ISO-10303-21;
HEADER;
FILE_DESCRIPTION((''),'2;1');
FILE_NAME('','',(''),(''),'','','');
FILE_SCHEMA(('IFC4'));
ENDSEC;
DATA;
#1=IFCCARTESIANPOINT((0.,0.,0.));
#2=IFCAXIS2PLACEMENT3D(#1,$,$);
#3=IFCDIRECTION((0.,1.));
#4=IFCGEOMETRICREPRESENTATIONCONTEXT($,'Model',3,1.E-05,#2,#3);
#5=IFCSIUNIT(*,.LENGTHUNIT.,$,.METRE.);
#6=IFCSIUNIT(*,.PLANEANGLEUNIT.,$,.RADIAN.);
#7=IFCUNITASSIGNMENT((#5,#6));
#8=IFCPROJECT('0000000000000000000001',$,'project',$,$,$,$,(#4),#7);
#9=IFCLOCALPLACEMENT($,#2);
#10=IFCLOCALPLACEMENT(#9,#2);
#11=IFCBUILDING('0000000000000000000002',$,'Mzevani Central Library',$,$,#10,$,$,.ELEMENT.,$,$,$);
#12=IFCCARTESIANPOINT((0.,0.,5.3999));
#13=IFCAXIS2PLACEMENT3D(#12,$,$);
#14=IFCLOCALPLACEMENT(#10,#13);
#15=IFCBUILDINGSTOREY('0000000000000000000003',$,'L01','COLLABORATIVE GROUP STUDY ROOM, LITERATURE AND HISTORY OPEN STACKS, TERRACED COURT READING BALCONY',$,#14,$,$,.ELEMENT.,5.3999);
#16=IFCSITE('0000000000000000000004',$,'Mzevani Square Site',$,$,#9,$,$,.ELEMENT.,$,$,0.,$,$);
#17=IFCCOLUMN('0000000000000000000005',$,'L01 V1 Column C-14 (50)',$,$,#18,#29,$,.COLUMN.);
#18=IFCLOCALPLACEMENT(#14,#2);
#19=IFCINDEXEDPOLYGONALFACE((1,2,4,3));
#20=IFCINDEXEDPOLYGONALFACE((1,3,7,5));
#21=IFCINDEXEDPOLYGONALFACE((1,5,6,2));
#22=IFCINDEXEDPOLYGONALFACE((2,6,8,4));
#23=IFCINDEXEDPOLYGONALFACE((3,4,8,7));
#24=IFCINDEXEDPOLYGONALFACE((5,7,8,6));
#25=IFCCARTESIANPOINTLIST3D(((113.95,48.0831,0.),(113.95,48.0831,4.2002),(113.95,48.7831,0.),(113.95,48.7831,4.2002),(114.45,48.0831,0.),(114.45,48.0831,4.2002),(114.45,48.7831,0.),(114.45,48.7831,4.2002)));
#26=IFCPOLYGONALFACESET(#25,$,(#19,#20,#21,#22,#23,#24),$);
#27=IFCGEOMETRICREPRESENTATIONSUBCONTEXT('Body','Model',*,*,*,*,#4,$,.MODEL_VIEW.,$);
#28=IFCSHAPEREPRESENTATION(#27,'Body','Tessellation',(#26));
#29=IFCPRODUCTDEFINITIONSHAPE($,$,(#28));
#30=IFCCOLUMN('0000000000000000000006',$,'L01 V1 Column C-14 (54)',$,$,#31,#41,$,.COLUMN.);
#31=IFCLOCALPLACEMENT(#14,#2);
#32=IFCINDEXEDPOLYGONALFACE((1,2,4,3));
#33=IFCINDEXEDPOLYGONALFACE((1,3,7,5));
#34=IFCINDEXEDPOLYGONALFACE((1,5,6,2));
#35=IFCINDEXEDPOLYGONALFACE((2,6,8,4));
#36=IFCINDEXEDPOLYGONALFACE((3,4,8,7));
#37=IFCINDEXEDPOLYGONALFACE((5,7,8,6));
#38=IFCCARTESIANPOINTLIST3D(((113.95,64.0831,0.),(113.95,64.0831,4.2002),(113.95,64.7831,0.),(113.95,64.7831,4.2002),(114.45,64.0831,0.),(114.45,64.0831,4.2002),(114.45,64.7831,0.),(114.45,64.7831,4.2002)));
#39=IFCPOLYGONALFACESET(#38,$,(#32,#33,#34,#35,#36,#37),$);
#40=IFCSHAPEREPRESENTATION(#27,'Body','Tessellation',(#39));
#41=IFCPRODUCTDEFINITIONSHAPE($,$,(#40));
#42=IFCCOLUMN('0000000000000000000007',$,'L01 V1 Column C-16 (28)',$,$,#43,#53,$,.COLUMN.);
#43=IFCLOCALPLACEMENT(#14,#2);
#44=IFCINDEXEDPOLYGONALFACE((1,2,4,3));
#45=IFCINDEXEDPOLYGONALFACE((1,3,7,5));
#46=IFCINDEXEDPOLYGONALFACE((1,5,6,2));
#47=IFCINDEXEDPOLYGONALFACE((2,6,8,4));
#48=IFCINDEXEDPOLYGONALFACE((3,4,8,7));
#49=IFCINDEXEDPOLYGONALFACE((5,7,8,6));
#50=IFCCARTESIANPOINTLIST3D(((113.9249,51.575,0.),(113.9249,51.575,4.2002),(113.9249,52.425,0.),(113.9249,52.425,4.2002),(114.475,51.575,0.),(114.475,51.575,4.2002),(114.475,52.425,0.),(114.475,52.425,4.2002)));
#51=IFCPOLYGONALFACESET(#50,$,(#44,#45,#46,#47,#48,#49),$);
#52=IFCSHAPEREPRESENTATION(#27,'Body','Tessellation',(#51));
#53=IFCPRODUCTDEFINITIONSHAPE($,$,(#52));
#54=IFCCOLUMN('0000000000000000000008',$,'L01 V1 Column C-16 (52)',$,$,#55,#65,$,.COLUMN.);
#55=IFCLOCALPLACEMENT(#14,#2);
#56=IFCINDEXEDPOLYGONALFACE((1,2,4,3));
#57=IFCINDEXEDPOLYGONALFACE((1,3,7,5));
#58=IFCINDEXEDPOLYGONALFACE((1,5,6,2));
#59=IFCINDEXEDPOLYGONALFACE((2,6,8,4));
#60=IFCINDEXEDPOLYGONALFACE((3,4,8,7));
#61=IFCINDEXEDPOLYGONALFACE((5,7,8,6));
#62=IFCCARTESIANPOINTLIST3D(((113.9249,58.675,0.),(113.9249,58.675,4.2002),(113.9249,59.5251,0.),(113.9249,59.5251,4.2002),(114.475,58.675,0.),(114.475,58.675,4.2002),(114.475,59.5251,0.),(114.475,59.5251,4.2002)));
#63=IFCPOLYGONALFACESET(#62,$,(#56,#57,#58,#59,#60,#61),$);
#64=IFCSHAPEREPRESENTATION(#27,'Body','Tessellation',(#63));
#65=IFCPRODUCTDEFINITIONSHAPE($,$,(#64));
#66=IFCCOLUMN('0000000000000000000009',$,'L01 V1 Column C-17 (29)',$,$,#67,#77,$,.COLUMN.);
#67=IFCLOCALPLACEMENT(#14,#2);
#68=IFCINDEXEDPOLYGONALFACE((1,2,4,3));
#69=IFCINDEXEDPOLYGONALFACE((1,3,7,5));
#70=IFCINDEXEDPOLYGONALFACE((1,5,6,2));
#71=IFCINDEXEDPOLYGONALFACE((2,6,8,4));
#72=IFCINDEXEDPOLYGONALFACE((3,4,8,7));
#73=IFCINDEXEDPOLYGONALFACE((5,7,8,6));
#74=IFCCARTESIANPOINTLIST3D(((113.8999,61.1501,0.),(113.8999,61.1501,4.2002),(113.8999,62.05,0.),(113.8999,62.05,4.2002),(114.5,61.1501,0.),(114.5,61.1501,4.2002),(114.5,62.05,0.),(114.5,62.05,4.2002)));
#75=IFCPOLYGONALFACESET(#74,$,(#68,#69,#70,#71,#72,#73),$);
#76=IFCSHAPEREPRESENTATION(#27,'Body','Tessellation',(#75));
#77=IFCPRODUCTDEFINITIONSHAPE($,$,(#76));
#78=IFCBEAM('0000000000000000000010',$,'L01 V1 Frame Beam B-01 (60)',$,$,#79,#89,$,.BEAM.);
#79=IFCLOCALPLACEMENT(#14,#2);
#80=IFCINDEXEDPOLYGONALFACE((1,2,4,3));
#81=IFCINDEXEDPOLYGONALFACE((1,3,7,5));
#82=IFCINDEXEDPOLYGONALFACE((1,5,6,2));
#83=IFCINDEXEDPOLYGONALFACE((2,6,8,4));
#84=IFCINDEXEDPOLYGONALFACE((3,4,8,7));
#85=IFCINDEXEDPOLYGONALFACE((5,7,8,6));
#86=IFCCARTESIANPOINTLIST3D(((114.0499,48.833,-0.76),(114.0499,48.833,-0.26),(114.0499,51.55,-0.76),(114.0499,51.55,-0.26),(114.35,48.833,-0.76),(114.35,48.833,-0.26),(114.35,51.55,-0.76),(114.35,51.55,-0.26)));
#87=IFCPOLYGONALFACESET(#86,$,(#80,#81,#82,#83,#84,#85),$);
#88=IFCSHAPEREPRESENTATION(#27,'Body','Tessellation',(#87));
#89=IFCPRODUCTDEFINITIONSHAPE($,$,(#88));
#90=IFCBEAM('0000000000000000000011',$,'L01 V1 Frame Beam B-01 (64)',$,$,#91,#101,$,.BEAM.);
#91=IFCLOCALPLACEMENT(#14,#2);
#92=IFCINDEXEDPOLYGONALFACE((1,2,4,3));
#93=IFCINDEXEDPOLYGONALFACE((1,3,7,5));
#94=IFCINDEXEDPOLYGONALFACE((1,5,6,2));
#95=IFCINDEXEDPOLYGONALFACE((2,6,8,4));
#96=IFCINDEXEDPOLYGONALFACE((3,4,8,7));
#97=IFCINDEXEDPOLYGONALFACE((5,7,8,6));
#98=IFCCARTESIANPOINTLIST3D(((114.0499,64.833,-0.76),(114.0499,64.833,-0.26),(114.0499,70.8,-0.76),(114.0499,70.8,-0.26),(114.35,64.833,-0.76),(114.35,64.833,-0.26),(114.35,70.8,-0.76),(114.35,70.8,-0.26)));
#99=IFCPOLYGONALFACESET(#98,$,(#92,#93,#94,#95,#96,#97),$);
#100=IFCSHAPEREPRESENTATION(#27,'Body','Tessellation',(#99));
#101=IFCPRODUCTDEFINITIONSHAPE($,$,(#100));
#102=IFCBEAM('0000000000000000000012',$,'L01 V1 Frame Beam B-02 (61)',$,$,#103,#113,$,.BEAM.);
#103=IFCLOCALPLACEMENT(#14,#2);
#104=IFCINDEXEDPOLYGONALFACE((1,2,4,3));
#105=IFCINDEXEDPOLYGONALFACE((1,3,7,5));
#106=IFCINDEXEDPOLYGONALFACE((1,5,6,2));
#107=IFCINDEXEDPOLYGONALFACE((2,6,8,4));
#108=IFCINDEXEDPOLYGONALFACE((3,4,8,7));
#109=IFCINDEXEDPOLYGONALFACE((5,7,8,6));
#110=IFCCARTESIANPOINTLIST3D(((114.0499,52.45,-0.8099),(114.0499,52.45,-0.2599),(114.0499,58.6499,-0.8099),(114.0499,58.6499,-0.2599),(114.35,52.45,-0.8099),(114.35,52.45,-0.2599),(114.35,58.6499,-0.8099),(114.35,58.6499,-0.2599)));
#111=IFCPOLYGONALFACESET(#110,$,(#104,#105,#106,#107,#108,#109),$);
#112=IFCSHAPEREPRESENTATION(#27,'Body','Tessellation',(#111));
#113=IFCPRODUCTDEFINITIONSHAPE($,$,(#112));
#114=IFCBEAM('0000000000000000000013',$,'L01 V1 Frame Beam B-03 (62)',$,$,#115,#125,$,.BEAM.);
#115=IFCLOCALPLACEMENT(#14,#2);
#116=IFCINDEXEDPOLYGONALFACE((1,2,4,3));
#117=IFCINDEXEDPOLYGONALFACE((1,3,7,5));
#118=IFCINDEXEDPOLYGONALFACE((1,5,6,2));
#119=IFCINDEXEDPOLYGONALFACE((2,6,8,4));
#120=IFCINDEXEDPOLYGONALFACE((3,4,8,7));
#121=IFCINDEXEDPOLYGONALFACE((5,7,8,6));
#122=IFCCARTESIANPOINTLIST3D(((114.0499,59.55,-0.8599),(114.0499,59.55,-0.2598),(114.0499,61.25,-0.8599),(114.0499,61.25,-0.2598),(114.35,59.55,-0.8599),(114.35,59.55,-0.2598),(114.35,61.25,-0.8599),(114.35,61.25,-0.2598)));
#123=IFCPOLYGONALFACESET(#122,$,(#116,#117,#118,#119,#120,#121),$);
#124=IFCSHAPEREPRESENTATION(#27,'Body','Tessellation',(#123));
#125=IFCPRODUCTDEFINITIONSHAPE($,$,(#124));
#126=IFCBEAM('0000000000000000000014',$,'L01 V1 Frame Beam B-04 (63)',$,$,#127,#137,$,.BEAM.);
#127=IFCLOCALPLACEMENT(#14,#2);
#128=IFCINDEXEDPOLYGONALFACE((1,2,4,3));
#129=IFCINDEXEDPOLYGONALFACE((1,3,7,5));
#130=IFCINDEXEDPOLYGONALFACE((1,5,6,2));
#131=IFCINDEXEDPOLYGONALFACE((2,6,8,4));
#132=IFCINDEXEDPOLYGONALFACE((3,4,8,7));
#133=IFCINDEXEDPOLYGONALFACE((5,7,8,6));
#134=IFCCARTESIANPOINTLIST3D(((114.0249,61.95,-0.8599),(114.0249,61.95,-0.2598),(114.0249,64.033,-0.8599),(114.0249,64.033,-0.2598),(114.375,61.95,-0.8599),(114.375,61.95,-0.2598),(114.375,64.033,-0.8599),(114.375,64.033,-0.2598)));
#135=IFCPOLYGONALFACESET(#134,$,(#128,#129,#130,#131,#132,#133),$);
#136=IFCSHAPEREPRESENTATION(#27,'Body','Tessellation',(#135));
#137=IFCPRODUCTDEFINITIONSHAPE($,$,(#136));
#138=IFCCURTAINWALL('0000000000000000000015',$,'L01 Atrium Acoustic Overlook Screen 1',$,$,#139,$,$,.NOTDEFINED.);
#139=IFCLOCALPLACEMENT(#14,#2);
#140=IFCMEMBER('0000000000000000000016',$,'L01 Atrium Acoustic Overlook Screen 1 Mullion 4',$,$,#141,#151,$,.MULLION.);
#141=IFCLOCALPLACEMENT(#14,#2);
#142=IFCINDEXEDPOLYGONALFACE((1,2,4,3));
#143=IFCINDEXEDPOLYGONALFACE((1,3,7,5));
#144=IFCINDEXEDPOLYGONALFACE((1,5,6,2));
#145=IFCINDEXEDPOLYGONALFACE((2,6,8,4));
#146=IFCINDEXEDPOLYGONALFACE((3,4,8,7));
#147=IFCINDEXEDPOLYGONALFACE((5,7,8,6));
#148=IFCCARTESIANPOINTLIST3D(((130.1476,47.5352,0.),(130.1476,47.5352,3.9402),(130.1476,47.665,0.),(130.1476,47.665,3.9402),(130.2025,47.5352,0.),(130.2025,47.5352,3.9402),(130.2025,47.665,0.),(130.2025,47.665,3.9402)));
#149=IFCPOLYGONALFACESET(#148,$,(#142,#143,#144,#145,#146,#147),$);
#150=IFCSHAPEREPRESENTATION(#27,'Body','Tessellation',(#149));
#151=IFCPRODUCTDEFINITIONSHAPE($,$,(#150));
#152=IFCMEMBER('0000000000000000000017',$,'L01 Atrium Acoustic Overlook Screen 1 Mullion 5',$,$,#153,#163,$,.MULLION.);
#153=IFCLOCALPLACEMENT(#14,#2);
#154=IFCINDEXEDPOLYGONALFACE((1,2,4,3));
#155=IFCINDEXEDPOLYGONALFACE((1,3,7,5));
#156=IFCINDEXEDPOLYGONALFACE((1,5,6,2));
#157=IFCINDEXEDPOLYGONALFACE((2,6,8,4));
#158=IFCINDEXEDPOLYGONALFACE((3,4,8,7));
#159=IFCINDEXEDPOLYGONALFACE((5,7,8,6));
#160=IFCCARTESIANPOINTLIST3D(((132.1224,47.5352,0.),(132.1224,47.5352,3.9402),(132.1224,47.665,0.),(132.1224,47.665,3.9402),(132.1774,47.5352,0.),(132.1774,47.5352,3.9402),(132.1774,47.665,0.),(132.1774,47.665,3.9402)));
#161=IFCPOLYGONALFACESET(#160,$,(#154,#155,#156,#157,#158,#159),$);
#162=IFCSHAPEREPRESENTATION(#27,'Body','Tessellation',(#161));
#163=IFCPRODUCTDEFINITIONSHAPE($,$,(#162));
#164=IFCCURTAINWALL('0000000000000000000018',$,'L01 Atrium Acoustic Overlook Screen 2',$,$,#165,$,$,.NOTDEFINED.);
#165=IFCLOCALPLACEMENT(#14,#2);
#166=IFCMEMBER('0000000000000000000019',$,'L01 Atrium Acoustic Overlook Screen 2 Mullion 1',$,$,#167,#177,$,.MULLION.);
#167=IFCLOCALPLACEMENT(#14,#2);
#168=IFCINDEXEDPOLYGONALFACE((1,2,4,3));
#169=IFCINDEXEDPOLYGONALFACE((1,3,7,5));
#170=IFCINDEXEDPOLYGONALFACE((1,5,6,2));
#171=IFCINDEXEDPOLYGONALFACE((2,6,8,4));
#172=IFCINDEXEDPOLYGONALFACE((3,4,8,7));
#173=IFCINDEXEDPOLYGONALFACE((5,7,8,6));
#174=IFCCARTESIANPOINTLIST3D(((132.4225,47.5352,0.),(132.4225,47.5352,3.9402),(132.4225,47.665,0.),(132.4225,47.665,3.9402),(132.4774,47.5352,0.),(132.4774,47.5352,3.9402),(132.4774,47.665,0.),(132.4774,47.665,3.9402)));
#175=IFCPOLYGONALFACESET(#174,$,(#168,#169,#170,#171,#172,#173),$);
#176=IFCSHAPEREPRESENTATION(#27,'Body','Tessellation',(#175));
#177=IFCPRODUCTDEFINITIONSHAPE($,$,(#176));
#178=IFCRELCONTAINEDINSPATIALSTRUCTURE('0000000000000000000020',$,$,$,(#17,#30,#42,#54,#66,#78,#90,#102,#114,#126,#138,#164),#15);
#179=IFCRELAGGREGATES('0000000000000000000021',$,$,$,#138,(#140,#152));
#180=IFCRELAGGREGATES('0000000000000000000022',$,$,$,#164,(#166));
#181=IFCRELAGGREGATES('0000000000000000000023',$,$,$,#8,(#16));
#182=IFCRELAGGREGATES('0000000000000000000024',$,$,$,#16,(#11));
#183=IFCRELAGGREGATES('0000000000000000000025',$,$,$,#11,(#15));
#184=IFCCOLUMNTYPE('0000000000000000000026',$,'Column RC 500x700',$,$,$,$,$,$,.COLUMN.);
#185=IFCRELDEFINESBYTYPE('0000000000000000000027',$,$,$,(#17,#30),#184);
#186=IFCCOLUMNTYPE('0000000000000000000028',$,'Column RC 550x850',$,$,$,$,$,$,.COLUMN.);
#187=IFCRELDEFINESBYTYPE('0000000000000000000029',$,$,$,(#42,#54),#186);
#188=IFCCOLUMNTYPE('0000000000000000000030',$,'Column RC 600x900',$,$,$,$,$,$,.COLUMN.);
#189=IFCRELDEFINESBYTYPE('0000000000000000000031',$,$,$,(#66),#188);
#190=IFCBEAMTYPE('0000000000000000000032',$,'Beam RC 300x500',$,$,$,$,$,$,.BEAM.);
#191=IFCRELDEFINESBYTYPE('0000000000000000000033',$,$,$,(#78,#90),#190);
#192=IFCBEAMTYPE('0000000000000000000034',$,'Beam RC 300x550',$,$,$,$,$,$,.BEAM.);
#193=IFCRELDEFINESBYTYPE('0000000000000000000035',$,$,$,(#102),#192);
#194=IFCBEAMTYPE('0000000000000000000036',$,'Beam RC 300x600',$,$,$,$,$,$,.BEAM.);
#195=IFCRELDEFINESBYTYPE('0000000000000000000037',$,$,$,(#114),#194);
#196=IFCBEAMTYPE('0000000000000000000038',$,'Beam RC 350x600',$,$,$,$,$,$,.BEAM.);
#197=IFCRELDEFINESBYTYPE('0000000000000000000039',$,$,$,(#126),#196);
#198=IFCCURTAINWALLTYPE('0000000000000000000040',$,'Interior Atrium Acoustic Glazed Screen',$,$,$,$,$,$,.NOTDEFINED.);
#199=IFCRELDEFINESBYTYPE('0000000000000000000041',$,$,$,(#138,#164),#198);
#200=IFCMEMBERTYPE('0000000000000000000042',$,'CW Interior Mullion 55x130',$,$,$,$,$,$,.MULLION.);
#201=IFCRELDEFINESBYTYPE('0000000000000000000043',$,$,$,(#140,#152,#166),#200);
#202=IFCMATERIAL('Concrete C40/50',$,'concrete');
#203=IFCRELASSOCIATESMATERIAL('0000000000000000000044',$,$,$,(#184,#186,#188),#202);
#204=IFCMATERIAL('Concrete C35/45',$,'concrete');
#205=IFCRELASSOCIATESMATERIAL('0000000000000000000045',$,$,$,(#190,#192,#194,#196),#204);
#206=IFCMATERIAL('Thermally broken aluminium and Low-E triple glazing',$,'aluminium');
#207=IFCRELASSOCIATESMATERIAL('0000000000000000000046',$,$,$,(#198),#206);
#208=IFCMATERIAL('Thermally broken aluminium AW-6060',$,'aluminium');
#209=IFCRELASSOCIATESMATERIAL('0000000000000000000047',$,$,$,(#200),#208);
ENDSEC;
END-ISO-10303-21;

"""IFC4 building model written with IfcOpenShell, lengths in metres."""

from ifc_helpers import new_model, si_unit, direction, frame, origin, origin_2d, place, context, subcontext, project, spatial, rectangle, extrude, material, material_profile, profile_set, type_object, element, aggregate, save


model = new_model("IFC4")

# Units and contexts
model_context = context("Model", 3, precision=1e-05, world=origin(), true_north=direction((0.0, 1.0)))
body_context = subcontext(model_context, "Body", "Model", "MODEL_VIEW")
ifc_project = project(units=[si_unit("LENGTHUNIT", "METRE"), si_unit("PLANEANGLEUNIT", "RADIAN")], contexts=[model_context])

# Site, building, storey
site_placement = place(None, origin())
site = spatial("IfcSite", under=ifc_project, at=site_placement, Name="Mzevani Square Site", CompositionType="ELEMENT", RefElevation=0.0)
building_placement = place(site_placement, origin())
building = spatial("IfcBuilding", under=site, at=building_placement, Name="Mzevani Central Library", CompositionType="ELEMENT")
storey_placement = place(building_placement, frame((0.0, 0.0, 5.3999)))
storey = spatial("IfcBuildingStorey", under=building, at=storey_placement, Name="L01", Description="COLLABORATIVE GROUP STUDY ROOM, LITERATURE AND HISTORY OPEN STACKS, TERRACED COURT READING BALCONY", CompositionType="ELEMENT", Elevation=5.3999)

# Columns
ifc_material_1 = material(Name="Concrete C40/50", Category="concrete")
ifc_material_profile_1 = material_profile(ifc_material_1, rectangle(XDim=0.5, YDim=0.7, at=origin_2d()), Name="RC 500x700")
ifc_profile_set_1 = profile_set([ifc_material_profile_1], Name="Concrete C40/50")
column_type_1 = type_object("IfcColumnType", Name="Column RC 500x700", PredefinedType="COLUMN", material=ifc_profile_set_1)
for number, where, z_axis, x_axis, name in (
    (1, (114.2, 48.4331, 0.0), (0.0, 0.0, 1.0), (1.0, 0.0, 0.0), "L01 V1 Column C-14 (50)"),
    (2, (114.2, 64.4331, 0.0), (0.0, 0.0, 1.0), (1.0, 0.0, 0.0), "L01 V1 Column C-14 (54)"),
):
    element("IfcColumn", number, at=place(storey_placement, frame(where, z_axis=z_axis, x_axis=x_axis)), inside=storey, type_object=column_type_1, Name=name, PredefinedType="COLUMN", context=body_context, shape_type="SweptSolid", body=[
        extrude(rectangle(XDim=0.5, YDim=0.7, at=origin_2d()), origin(), (0.0, 0.0, 1.0), 4.2002),
    ])
ifc_material_profile_2 = material_profile(ifc_material_1, rectangle(XDim=0.55, YDim=0.8501, at=origin_2d()), Name="RC 550x850")
ifc_profile_set_2 = profile_set([ifc_material_profile_2], Name="Concrete C40/50")
column_type_2 = type_object("IfcColumnType", Name="Column RC 550x850", PredefinedType="COLUMN", material=ifc_profile_set_2)
for number, where, z_axis, x_axis, name in (
    (3, (114.2, 52.0, 0.0), (0.0, 0.0, 1.0), (1.0, 0.0, 0.0), "L01 V1 Column C-16 (28)"),
    (4, (114.2, 59.1001, 0.0), (0.0, 0.0, 1.0), (1.0, 0.0, 0.0), "L01 V1 Column C-16 (52)"),
):
    element("IfcColumn", number, at=place(storey_placement, frame(where, z_axis=z_axis, x_axis=x_axis)), inside=storey, type_object=column_type_2, Name=name, PredefinedType="COLUMN", context=body_context, shape_type="SweptSolid", body=[
        extrude(rectangle(XDim=0.55, YDim=0.8501, at=origin_2d()), origin(), (0.0, 0.0, 1.0), 4.2002),
    ])
ifc_material_profile_3 = material_profile(ifc_material_1, rectangle(XDim=0.6001, YDim=0.8999, at=origin_2d()), Name="RC 600x900")
ifc_profile_set_3 = profile_set([ifc_material_profile_3], Name="Concrete C40/50")
column_type_3 = type_object("IfcColumnType", Name="Column RC 600x900", PredefinedType="COLUMN", material=ifc_profile_set_3)
column_placement = place(storey_placement, frame((114.2, 61.6001, 0.0), z_axis=(0.0, 0.0, 1.0), x_axis=(1.0, 0.0, 0.0)))
element("IfcColumn", 5, at=column_placement, inside=storey, type_object=column_type_3, Name="L01 V1 Column C-17 (29)", PredefinedType="COLUMN", context=body_context, shape_type="SweptSolid", body=[
    extrude(rectangle(XDim=0.6001, YDim=0.8999, at=origin_2d()), origin(), (0.0, 0.0, 1.0), 4.2002),
])

# Beams
ifc_material_2 = material(Name="Concrete C35/45", Category="concrete")
ifc_material_profile_4 = material_profile(ifc_material_2, rectangle(XDim=0.3, YDim=0.5, at=origin_2d()), Name="RC B300x500")
ifc_profile_set_4 = profile_set([ifc_material_profile_4], Name="Concrete C35/45")
beam_type_1 = type_object("IfcBeamType", Name="Beam RC 300x500", PredefinedType="BEAM", material=ifc_profile_set_4)
beam_1_placement = place(storey_placement, frame((114.2, 48.833, -0.51), z_axis=(0.0, 1.0, 0.0), x_axis=(-1.0, 0.0, 0.0)))
element("IfcBeam", 6, at=beam_1_placement, inside=storey, type_object=beam_type_1, Name="L01 V1 Frame Beam B-01 (60)", PredefinedType="BEAM", context=body_context, shape_type="SweptSolid", body=[
    extrude(rectangle(XDim=0.3, YDim=0.5, at=origin_2d()), origin(), (0.0, 0.0, 1.0), 2.717),
])
beam_2_placement = place(storey_placement, frame((114.2, 64.833, -0.51), z_axis=(0.0, 1.0, 0.0), x_axis=(-1.0, 0.0, 0.0)))
element("IfcBeam", 7, at=beam_2_placement, inside=storey, type_object=beam_type_1, Name="L01 V1 Frame Beam B-01 (64)", PredefinedType="BEAM", context=body_context, shape_type="SweptSolid", body=[
    extrude(rectangle(XDim=0.3, YDim=0.5, at=origin_2d()), origin(), (0.0, 0.0, 1.0), 5.967),
])
ifc_material_profile_5 = material_profile(ifc_material_2, rectangle(XDim=0.3, YDim=0.55, at=origin_2d()), Name="RC B300x550")
ifc_profile_set_5 = profile_set([ifc_material_profile_5], Name="Concrete C35/45")
beam_type_2 = type_object("IfcBeamType", Name="Beam RC 300x550", PredefinedType="BEAM", material=ifc_profile_set_5)
beam_3_placement = place(storey_placement, frame((114.2, 52.45, -0.5349), z_axis=(0.0, 1.0, 0.0), x_axis=(-1.0, 0.0, 0.0)))
element("IfcBeam", 8, at=beam_3_placement, inside=storey, type_object=beam_type_2, Name="L01 V1 Frame Beam B-02 (61)", PredefinedType="BEAM", context=body_context, shape_type="SweptSolid", body=[
    extrude(rectangle(XDim=0.3, YDim=0.55, at=origin_2d()), origin(), (0.0, 0.0, 1.0), 6.2),
])
ifc_material_profile_6 = material_profile(ifc_material_2, rectangle(XDim=0.3, YDim=0.6001, at=origin_2d()), Name="RC B300x600")
ifc_profile_set_6 = profile_set([ifc_material_profile_6], Name="Concrete C35/45")
beam_type_3 = type_object("IfcBeamType", Name="Beam RC 300x600", PredefinedType="BEAM", material=ifc_profile_set_6)
beam_4_placement = place(storey_placement, frame((114.2, 59.55, -0.5598), z_axis=(0.0, 1.0, 0.0), x_axis=(-1.0, 0.0, 0.0)))
element("IfcBeam", 9, at=beam_4_placement, inside=storey, type_object=beam_type_3, Name="L01 V1 Frame Beam B-03 (62)", PredefinedType="BEAM", context=body_context, shape_type="SweptSolid", body=[
    extrude(rectangle(XDim=0.3, YDim=0.6001, at=origin_2d()), origin(), (0.0, 0.0, 1.0), 1.7),
])
ifc_material_profile_7 = material_profile(ifc_material_2, rectangle(XDim=0.3501, YDim=0.6001, at=origin_2d()), Name="RC B350x600")
ifc_profile_set_7 = profile_set([ifc_material_profile_7], Name="Concrete C35/45")
beam_type_4 = type_object("IfcBeamType", Name="Beam RC 350x600", PredefinedType="BEAM", material=ifc_profile_set_7)
beam_5_placement = place(storey_placement, frame((114.2, 61.95, -0.5598), z_axis=(0.0, 1.0, 0.0), x_axis=(-1.0, 0.0, 0.0)))
element("IfcBeam", 10, at=beam_5_placement, inside=storey, type_object=beam_type_4, Name="L01 V1 Frame Beam B-04 (63)", PredefinedType="BEAM", context=body_context, shape_type="SweptSolid", body=[
    extrude(rectangle(XDim=0.3501, YDim=0.6001, at=origin_2d()), origin(), (0.0, 0.0, 1.0), 2.083),
])

# Curtain wall, members
ifc_material_3 = material(Name="Thermally broken aluminium and Low-E triple glazing", Category="aluminium")
curtain_wall_type = type_object("IfcCurtainWallType", Name="Interior Atrium Acoustic Glazed Screen", PredefinedType="NOTDEFINED", material=ifc_material_3)
curtain_wall_1_placement = place(storey_placement, origin())
curtain_wall_1 = element("IfcCurtainWall", 11, at=curtain_wall_1_placement, inside=storey, type_object=curtain_wall_type, Name="L01 Atrium Acoustic Overlook Screen 1", PredefinedType="NOTDEFINED")
ifc_material_4 = material(Name="Thermally broken aluminium AW-6060", Category="aluminium")
ifc_material_profile_8 = material_profile(ifc_material_4, rectangle(XDim=0.0549, YDim=0.1299, at=origin_2d()), Name="ALU M55x130")
ifc_profile_set_8 = profile_set([ifc_material_profile_8], Name="Thermally broken aluminium AW-6060")
member_type_1 = type_object("IfcMemberType", Name="CW Interior Mullion 55x130", PredefinedType="MULLION", material=ifc_profile_set_8)
member_1_placement = place(storey_placement, frame((130.175, 47.6001, 0.0), z_axis=(0.0, 0.0, 1.0), x_axis=(1.0, 0.0, 0.0)))
member_1 = element("IfcMember", 12, at=member_1_placement, type_object=member_type_1, Name="L01 Atrium Acoustic Overlook Screen 1 Mullion 4", PredefinedType="MULLION", context=body_context, shape_type="SweptSolid", body=[
    extrude(rectangle(XDim=0.0549, YDim=0.1299, at=origin_2d()), origin(), (0.0, 0.0, 1.0), 3.9402),
])
member_2_placement = place(storey_placement, frame((132.1499, 47.6001, 0.0), z_axis=(0.0, 0.0, 1.0), x_axis=(1.0, 0.0, 0.0)))
member_2 = element("IfcMember", 13, at=member_2_placement, type_object=member_type_1, Name="L01 Atrium Acoustic Overlook Screen 1 Mullion 5", PredefinedType="MULLION", context=body_context, shape_type="SweptSolid", body=[
    extrude(rectangle(XDim=0.0549, YDim=0.1299, at=origin_2d()), origin(), (0.0, 0.0, 1.0), 3.9402),
])

# Curtain wall, member
curtain_wall_2_placement = place(storey_placement, origin())
curtain_wall_2 = element("IfcCurtainWall", 14, at=curtain_wall_2_placement, inside=storey, type_object=curtain_wall_type, Name="L01 Atrium Acoustic Overlook Screen 2", PredefinedType="NOTDEFINED")
member_3_placement = place(storey_placement, frame((132.45, 47.6001, 0.0), z_axis=(0.0, 0.0, 1.0), x_axis=(1.0, 0.0, 0.0)))
member_3 = element("IfcMember", 15, at=member_3_placement, type_object=member_type_1, Name="L01 Atrium Acoustic Overlook Screen 2 Mullion 1", PredefinedType="MULLION", context=body_context, shape_type="SweptSolid", body=[
    extrude(rectangle(XDim=0.0549, YDim=0.1299, at=origin_2d()), origin(), (0.0, 0.0, 1.0), 3.9402),
])

aggregate(curtain_wall_1, [member_1, member_2])
aggregate(curtain_wall_2, [member_3])

save(model, "model.ifc")
